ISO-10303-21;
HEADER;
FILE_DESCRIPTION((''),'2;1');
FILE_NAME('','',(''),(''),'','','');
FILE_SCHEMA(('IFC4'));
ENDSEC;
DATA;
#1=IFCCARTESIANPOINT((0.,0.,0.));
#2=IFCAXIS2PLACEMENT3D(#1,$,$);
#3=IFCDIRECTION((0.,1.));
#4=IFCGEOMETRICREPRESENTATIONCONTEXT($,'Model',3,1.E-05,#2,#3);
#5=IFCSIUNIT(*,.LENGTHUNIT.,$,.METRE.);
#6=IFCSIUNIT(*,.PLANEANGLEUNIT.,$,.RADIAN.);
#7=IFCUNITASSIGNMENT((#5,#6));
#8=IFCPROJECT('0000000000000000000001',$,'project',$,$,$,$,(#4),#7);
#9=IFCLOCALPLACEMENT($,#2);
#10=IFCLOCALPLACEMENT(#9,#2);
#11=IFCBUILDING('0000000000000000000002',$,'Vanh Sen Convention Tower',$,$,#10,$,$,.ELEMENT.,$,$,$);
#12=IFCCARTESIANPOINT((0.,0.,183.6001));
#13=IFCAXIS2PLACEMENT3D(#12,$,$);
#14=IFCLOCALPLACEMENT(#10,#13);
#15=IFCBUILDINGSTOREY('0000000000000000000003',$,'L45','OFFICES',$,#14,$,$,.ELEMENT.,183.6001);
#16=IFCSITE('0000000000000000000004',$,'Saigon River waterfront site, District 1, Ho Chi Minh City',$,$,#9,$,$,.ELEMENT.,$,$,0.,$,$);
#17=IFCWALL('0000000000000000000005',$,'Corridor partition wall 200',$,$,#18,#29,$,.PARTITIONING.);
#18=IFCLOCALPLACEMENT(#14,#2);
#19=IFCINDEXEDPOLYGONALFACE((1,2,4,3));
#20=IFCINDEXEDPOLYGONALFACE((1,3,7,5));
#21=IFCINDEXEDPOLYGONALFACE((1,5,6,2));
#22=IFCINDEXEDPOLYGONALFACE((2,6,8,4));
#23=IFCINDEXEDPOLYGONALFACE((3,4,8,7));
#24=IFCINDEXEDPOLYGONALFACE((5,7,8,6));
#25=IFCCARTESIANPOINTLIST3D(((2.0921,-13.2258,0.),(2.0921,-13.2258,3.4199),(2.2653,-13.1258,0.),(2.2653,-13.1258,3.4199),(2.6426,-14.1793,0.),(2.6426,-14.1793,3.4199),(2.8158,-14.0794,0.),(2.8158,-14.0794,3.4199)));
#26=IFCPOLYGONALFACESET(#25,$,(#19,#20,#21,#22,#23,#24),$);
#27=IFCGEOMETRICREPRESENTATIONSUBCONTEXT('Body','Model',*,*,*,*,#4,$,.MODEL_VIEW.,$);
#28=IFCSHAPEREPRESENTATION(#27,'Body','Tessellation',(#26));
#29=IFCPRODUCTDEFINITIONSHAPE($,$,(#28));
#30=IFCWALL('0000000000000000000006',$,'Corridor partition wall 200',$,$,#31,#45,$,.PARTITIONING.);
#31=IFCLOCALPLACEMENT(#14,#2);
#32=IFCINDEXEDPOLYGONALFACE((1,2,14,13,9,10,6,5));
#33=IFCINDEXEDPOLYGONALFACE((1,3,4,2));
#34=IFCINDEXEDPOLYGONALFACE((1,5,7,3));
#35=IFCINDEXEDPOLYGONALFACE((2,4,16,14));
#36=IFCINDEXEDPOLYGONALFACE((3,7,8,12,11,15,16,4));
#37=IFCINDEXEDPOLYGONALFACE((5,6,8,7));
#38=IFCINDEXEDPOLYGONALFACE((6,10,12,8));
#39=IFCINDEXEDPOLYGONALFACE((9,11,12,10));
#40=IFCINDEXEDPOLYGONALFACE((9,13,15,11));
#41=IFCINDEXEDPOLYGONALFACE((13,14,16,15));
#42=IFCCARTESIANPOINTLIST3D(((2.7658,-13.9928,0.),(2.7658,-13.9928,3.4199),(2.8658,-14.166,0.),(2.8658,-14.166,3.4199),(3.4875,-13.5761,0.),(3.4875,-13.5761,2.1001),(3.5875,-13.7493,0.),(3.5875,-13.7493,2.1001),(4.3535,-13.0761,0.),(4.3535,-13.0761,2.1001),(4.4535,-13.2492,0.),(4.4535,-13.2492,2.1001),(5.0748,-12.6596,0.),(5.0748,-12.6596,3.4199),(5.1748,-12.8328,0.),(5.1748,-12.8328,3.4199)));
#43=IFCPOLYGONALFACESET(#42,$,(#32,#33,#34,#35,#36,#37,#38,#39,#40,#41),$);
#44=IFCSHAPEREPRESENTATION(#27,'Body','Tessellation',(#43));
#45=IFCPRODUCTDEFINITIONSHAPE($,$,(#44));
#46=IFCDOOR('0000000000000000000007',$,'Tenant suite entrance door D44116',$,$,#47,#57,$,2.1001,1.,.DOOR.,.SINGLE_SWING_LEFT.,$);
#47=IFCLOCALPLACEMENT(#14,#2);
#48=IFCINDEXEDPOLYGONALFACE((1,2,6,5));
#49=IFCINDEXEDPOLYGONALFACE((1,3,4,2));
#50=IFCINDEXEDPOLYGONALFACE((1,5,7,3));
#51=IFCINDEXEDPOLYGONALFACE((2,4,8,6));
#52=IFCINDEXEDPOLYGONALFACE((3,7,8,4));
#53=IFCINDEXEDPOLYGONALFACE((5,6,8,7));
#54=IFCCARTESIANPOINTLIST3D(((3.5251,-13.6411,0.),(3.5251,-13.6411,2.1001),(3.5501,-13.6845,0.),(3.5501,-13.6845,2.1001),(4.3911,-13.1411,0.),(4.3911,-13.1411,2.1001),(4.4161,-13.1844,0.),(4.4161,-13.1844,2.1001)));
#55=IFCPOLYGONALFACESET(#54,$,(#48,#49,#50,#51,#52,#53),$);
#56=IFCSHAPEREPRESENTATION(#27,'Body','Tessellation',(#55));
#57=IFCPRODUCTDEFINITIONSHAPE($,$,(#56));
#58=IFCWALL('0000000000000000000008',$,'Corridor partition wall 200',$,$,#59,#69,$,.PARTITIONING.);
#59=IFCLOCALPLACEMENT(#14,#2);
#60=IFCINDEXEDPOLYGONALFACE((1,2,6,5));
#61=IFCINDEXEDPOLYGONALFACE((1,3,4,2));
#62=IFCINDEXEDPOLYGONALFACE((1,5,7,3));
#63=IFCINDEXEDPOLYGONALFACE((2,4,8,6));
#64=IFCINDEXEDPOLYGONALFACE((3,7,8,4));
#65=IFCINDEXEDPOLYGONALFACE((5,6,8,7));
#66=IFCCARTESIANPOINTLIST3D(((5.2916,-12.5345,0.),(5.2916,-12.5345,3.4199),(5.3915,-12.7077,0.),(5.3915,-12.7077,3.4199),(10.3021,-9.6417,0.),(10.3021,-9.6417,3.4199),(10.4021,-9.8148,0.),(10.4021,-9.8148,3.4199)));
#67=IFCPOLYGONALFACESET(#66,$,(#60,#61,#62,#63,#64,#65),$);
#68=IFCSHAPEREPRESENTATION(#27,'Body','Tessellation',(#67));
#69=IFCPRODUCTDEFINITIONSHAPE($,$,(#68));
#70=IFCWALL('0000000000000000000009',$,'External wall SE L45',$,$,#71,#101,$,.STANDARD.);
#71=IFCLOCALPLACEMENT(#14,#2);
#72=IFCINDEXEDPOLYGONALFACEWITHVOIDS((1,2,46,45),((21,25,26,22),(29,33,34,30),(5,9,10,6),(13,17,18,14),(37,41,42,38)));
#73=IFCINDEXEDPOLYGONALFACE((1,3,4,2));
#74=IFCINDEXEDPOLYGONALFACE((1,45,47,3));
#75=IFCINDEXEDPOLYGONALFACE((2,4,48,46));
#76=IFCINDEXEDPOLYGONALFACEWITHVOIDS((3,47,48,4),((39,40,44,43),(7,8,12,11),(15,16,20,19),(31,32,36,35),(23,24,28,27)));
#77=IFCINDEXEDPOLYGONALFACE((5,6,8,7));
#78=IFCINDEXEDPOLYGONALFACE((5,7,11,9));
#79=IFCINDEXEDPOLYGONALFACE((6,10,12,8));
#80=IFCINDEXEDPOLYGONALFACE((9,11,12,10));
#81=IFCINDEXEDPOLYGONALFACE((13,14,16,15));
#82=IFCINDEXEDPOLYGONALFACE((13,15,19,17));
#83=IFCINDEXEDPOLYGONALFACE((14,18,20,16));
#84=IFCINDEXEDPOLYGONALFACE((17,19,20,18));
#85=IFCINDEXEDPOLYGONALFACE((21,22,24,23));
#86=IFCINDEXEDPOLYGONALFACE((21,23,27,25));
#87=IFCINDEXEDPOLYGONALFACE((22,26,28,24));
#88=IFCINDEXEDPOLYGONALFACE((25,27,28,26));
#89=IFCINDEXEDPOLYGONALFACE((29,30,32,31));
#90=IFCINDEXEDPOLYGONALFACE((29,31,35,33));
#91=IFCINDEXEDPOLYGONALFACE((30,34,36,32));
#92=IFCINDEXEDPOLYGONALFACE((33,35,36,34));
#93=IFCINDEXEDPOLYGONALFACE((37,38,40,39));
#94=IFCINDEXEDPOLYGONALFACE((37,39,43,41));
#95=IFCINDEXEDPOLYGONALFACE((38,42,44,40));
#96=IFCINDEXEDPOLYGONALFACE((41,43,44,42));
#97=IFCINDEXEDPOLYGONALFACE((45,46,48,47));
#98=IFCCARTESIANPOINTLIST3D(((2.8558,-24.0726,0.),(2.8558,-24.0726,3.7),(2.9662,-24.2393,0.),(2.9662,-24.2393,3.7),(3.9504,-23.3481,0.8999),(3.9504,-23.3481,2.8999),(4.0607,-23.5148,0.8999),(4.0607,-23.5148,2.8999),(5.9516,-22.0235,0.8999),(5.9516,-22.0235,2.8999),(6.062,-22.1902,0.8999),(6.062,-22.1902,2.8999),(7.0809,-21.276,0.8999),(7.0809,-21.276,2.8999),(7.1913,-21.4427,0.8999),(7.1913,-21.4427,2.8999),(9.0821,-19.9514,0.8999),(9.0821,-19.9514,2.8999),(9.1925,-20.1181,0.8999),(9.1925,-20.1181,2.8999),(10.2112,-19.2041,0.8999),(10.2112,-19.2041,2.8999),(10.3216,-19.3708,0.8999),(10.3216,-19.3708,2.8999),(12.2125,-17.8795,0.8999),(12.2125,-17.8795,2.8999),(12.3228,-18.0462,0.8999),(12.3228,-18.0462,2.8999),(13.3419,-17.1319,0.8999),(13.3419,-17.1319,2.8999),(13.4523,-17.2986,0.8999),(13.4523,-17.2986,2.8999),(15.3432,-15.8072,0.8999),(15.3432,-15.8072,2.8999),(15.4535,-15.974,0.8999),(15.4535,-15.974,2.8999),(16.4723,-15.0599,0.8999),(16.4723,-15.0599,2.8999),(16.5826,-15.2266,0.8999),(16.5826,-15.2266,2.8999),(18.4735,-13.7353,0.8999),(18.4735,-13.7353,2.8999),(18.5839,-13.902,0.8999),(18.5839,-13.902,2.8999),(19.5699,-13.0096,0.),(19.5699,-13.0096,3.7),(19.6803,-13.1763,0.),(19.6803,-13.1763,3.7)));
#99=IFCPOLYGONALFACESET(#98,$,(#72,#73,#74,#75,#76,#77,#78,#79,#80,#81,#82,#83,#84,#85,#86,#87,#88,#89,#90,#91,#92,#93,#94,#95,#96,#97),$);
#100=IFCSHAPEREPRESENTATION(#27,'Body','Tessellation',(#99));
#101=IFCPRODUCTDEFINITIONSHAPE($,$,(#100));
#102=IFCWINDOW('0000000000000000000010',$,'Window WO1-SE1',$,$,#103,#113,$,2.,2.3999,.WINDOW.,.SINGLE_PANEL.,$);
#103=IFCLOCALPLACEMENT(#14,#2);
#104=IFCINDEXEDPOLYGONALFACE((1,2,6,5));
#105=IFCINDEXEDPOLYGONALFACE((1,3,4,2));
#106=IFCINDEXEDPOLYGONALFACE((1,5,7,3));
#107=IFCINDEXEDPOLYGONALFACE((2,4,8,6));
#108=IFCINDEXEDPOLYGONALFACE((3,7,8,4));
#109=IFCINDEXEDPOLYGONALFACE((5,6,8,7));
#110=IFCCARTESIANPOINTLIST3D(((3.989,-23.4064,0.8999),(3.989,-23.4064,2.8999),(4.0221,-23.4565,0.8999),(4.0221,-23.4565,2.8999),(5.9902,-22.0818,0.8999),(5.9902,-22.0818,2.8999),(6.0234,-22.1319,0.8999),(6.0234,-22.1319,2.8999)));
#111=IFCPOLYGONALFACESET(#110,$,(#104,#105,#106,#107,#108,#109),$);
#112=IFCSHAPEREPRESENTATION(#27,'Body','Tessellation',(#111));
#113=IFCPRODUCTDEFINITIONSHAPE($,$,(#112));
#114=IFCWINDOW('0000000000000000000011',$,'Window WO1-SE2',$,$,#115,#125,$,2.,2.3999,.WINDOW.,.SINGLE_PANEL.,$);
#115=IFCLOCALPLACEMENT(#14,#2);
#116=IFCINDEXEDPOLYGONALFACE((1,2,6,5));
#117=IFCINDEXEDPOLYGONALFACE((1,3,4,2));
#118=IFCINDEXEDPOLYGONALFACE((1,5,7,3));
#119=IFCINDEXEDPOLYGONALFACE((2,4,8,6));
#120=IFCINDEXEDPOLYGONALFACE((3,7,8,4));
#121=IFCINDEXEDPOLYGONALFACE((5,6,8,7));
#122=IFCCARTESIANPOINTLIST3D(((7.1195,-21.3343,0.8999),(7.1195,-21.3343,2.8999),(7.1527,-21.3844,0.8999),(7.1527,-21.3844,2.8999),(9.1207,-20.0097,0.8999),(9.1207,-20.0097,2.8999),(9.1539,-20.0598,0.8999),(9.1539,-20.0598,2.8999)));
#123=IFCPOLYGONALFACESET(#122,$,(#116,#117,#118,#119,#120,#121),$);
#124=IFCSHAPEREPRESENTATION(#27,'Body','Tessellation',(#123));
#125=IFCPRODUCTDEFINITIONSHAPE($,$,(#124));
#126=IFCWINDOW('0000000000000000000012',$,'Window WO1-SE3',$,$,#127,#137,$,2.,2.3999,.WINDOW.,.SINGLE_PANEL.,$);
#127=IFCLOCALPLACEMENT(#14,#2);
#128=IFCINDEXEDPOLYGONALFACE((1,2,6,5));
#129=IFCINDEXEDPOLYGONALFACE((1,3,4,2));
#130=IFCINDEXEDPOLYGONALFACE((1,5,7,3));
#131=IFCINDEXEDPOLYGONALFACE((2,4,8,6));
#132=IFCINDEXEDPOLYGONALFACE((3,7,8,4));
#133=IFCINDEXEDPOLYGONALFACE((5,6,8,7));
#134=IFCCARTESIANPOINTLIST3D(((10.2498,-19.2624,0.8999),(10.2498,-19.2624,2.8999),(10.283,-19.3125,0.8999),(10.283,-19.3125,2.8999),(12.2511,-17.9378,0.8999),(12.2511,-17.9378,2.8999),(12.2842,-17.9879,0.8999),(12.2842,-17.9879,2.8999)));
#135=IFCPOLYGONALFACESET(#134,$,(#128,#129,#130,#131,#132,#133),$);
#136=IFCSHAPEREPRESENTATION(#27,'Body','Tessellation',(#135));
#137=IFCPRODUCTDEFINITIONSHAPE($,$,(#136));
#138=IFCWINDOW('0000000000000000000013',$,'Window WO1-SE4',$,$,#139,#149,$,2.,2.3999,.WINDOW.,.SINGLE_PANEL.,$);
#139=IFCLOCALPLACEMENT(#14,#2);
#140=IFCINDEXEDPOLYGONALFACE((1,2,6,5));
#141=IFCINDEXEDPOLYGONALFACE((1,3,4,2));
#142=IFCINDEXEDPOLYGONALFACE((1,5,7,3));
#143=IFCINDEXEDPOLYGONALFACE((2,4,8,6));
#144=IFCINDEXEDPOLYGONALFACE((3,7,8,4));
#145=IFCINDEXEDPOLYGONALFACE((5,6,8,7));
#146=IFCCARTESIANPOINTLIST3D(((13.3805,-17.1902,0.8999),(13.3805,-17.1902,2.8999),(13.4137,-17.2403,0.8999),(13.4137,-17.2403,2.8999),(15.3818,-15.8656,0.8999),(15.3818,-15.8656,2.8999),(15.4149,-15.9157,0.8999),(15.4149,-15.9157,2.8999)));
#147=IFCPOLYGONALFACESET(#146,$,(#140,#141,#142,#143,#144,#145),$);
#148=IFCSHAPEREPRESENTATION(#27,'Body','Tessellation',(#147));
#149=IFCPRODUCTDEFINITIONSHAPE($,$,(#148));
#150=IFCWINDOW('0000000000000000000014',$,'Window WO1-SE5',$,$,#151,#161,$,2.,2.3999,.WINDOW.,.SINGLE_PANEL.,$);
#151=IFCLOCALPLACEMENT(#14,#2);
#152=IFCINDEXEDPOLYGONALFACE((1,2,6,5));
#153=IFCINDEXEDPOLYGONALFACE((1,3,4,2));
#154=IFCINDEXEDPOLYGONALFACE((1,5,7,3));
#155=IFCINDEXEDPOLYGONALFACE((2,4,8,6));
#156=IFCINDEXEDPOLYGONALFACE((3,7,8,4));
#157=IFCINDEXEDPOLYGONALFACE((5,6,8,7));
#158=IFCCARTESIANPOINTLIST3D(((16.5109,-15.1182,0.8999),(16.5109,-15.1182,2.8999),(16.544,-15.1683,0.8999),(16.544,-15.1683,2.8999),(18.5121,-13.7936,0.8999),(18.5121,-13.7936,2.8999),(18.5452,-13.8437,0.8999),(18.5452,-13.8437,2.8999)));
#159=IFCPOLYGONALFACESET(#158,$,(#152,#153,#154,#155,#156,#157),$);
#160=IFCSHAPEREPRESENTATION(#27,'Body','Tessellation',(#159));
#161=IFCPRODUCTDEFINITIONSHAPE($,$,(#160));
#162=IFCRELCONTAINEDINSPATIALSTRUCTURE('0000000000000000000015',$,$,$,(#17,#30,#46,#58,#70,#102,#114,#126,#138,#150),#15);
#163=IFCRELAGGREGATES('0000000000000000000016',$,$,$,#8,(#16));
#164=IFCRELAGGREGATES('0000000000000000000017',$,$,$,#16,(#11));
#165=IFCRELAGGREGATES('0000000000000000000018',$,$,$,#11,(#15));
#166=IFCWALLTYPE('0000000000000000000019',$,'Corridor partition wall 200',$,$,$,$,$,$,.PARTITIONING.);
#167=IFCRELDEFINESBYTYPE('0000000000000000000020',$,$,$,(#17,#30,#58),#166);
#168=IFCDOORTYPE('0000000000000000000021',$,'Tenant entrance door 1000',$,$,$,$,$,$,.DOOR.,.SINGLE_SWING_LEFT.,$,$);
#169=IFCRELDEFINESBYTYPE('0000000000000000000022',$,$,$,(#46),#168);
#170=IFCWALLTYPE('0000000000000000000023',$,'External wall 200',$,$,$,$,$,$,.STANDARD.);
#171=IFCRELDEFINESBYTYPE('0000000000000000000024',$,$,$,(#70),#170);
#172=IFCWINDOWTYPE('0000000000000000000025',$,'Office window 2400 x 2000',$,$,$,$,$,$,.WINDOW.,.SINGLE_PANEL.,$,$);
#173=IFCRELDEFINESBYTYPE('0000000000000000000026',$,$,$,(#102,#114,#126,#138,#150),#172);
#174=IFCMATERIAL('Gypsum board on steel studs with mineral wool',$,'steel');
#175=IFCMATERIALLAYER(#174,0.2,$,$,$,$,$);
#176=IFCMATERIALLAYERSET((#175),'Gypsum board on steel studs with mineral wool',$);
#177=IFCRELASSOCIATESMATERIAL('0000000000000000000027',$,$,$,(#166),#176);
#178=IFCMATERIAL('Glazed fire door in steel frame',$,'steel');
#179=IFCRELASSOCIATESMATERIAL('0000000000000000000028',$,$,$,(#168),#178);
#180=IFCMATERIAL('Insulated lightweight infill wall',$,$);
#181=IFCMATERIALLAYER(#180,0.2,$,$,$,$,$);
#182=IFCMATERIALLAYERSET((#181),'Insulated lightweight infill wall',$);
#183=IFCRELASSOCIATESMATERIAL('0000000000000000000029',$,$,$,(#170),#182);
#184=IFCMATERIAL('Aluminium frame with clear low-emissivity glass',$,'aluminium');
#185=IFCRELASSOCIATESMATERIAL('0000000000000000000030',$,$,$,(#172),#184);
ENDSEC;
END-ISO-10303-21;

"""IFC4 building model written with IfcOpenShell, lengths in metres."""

from ifc_helpers import new_model, si_unit, direction, frame, frame_2d, origin, place, context, subcontext, project, spatial, rectangle, extrude, material, layer, layer_set, type_object, element, fill, save


model = new_model("IFC4")

# Units and contexts
model_context = context("Model", 3, precision=1e-05, world=origin(), true_north=direction((0.0, 1.0)))
body_context = subcontext(model_context, "Body", "Model", "MODEL_VIEW")
ifc_project = project(units=[si_unit("LENGTHUNIT", "METRE"), si_unit("PLANEANGLEUNIT", "RADIAN")], contexts=[model_context])

# Site, building, storey
site_placement = place(None, origin())
site = spatial("IfcSite", under=ifc_project, at=site_placement, Name="Saigon River waterfront site, District 1, Ho Chi Minh City", CompositionType="ELEMENT", RefElevation=0.0)
building_placement = place(site_placement, origin())
building = spatial("IfcBuilding", under=site, at=building_placement, Name="Vanh Sen Convention Tower", CompositionType="ELEMENT")
storey_placement = place(building_placement, frame((0.0, 0.0, 183.6001)))
storey = spatial("IfcBuildingStorey", under=building, at=storey_placement, Name="L45", Description="OFFICES", CompositionType="ELEMENT", Elevation=183.6001)

# Wall
ifc_material_1 = material(Name="Gypsum board on steel studs with mineral wool", Category="steel")
ifc_layer_1 = layer(ifc_material_1, 0.2)
ifc_layer_set_1 = layer_set([ifc_layer_1], Name="Gypsum board on steel studs with mineral wool")
wall_type_1 = type_object("IfcWallType", Name="Corridor partition wall 200", PredefinedType="PARTITIONING", material=ifc_layer_set_1)
wall_1_placement = place(storey_placement, frame((2.1787, -13.1758, 0.0), z_axis=(0.0, 0.0, 1.0), x_axis=(0.499978, -0.866038, 0.0)))
element("IfcWall", 1, at=wall_1_placement, inside=storey, type_object=wall_type_1, Name="Corridor partition wall 200", PredefinedType="PARTITIONING", context=body_context, shape_type="SweptSolid", body=[
    extrude(rectangle(XDim=1.1011, YDim=0.2, at=frame_2d((0.5505, 0.0))), origin(), (0.0, 0.0, 1.0), 3.4199),
])

# Wall, opening, door
wall_2_placement = place(storey_placement, frame((2.8159, -14.0793, 0.0), z_axis=(0.0, 0.0, 1.0), x_axis=(0.866009, 0.500029, 0.0)))
wall_2 = element("IfcWall", 2, at=wall_2_placement, inside=storey, type_object=wall_type_1, Name="Corridor partition wall 200", PredefinedType="PARTITIONING", context=body_context, shape_type="SweptSolid", body=[
    extrude(rectangle(XDim=2.6663, YDim=0.2, at=frame_2d((1.333, 0.0))), origin(), (0.0, 0.0, 1.0), 3.4199),
])
opening_1_placement = place(wall_2_placement, frame((0.8333, 0.0, 0.0)))
opening_1 = element("IfcOpeningElement", 3, at=opening_1_placement, cuts=wall_2, PredefinedType="OPENING", context=body_context, shape_type="SweptSolid", body=[
    extrude(rectangle(XDim=1.0, YDim=2.1001, at=frame_2d((0.5, 1.05))), frame((0.0, 0.1099, 0.0), z_axis=(0.0, -1.0, 0.0), x_axis=(1.0, 0.0, 0.0)), (0.0, 0.0, 1.0), 0.22),
])
ifc_material_2 = material(Name="Glazed fire door in steel frame", Category="steel")
door_type = type_object("IfcDoorType", Name="Tenant entrance door 1000", OperationType="SINGLE_SWING_LEFT", PredefinedType="DOOR", material=ifc_material_2)
door_placement = place(opening_1_placement, origin())
door = element("IfcDoor", 4, at=door_placement, inside=storey, type_object=door_type, Name="Tenant suite entrance door D44116", OperationType="SINGLE_SWING_LEFT", OverallHeight=2.1001, OverallWidth=1.0, PredefinedType="DOOR", context=body_context, shape_type="SweptSolid", body=[
    extrude(rectangle(XDim=1.0, YDim=2.1001, at=frame_2d((0.5, 1.05))), frame((0.0, 0.0249, 0.0), z_axis=(0.0, -1.0, 0.0), x_axis=(1.0, 0.0, 0.0)), (0.0, 0.0, 1.0), 0.05),
])
fill(opening_1, door)

# Wall
wall_3_placement = place(storey_placement, frame((5.3416, -12.6211, 0.0), z_axis=(0.0, 0.0, 1.0), x_axis=(0.866025, 0.500001, 0.0)))
element("IfcWall", 5, at=wall_3_placement, inside=storey, type_object=wall_type_1, Name="Corridor partition wall 200", PredefinedType="PARTITIONING", context=body_context, shape_type="SweptSolid", body=[
    extrude(rectangle(XDim=5.7856, YDim=0.2, at=frame_2d((2.8928, 0.0))), origin(), (0.0, 0.0, 1.0), 3.4199),
])

# Wall, openings, windows
ifc_material_3 = material(Name="Insulated lightweight infill wall")
ifc_layer_2 = layer(ifc_material_3, 0.2)
ifc_layer_set_2 = layer_set([ifc_layer_2], Name="Insulated lightweight infill wall")
wall_type_2 = type_object("IfcWallType", Name="External wall 200", PredefinedType="STANDARD", material=ifc_layer_set_2)
wall_4_placement = place(storey_placement, frame((2.9109, -24.156, 0.0), z_axis=(0.0, 0.0, 1.0), x_axis=(0.833882, 0.551943, 0.0)))
wall_4 = element("IfcWall", 6, at=wall_4_placement, inside=storey, type_object=wall_type_2, Name="External wall SE L45", PredefinedType="STANDARD", context=body_context, shape_type="SweptSolid", body=[
    extrude(rectangle(XDim=20.0437, YDim=0.2, at=frame_2d((10.022, 0.0))), origin(), (0.0, 0.0, 1.0), 3.7),
])
opening_2_placement = place(wall_4_placement, frame((1.3127, 0.0, 0.8999)))
opening_2 = element("IfcOpeningElement", 7, at=opening_2_placement, cuts=wall_4, PredefinedType="OPENING", context=body_context, shape_type="SweptSolid", body=[
    extrude(rectangle(XDim=2.3999, YDim=2.0, at=frame_2d((1.2, 1.0))), frame((0.0, 0.1099, 0.0), z_axis=(0.0, -1.0, 0.0), x_axis=(1.0, 0.0, 0.0)), (0.0, 0.0, 1.0), 0.22),
])
opening_3_placement = place(wall_4_placement, frame((5.0669, 0.0, 0.8999)))
opening_3 = element("IfcOpeningElement", 8, at=opening_3_placement, cuts=wall_4, PredefinedType="OPENING", context=body_context, shape_type="SweptSolid", body=[
    extrude(rectangle(XDim=2.3999, YDim=2.0, at=frame_2d((1.2, 1.0))), frame((0.0, 0.1099, 0.0), z_axis=(0.0, -1.0, 0.0), x_axis=(1.0, 0.0, 0.0)), (0.0, 0.0, 1.0), 0.22),
])
opening_4_placement = place(wall_4_placement, frame((8.8208, 0.0, 0.8999)))
opening_4 = element("IfcOpeningElement", 9, at=opening_4_placement, cuts=wall_4, PredefinedType="OPENING", context=body_context, shape_type="SweptSolid", body=[
    extrude(rectangle(XDim=2.3999, YDim=2.0, at=frame_2d((1.2, 1.0))), frame((0.0, 0.1099, 0.0), z_axis=(0.0, -1.0, 0.0), x_axis=(1.0, 0.0, 0.0)), (0.0, 0.0, 1.0), 0.22),
])
opening_5_placement = place(wall_4_placement, frame((12.5752, 0.0, 0.8999)))
opening_5 = element("IfcOpeningElement", 10, at=opening_5_placement, cuts=wall_4, PredefinedType="OPENING", context=body_context, shape_type="SweptSolid", body=[
    extrude(rectangle(XDim=2.3999, YDim=2.0, at=frame_2d((1.2, 1.0))), frame((0.0, 0.1099, 0.0), z_axis=(0.0, -1.0, 0.0), x_axis=(1.0, 0.0, 0.0)), (0.0, 0.0, 1.0), 0.22),
])
opening_6_placement = place(wall_4_placement, frame((16.3291, 0.0, 0.8999)))
opening_6 = element("IfcOpeningElement", 11, at=opening_6_placement, cuts=wall_4, PredefinedType="OPENING", context=body_context, shape_type="SweptSolid", body=[
    extrude(rectangle(XDim=2.3999, YDim=2.0, at=frame_2d((1.2, 1.0))), frame((0.0, 0.1099, 0.0), z_axis=(0.0, -1.0, 0.0), x_axis=(1.0, 0.0, 0.0)), (0.0, 0.0, 1.0), 0.22),
])
ifc_material_4 = material(Name="Aluminium frame with clear low-emissivity glass", Category="aluminium")
window_type = type_object("IfcWindowType", Name="Office window 2400 x 2000", PartitioningType="SINGLE_PANEL", PredefinedType="WINDOW", material=ifc_material_4)
window_1_placement = place(opening_2_placement, origin())
window_1 = element("IfcWindow", 12, at=window_1_placement, inside=storey, type_object=window_type, Name="Window WO1-SE1", OverallHeight=2.0, OverallWidth=2.3999, PartitioningType="SINGLE_PANEL", PredefinedType="WINDOW", context=body_context, shape_type="SweptSolid", body=[
    extrude(rectangle(XDim=2.3999, YDim=2.0, at=frame_2d((1.2, 1.0))), frame((0.0, 0.03, 0.0), z_axis=(0.0, -1.0, 0.0), x_axis=(1.0, 0.0, 0.0)), (0.0, 0.0, 1.0), 0.0601),
])
fill(opening_2, window_1)
window_2_placement = place(opening_3_placement, origin())
window_2 = element("IfcWindow", 13, at=window_2_placement, inside=storey, type_object=window_type, Name="Window WO1-SE2", OverallHeight=2.0, OverallWidth=2.3999, PartitioningType="SINGLE_PANEL", PredefinedType="WINDOW", context=body_context, shape_type="SweptSolid", body=[
    extrude(rectangle(XDim=2.3999, YDim=2.0, at=frame_2d((1.2, 1.0))), frame((0.0, 0.03, 0.0), z_axis=(0.0, -1.0, 0.0), x_axis=(1.0, 0.0, 0.0)), (0.0, 0.0, 1.0), 0.0601),
])
fill(opening_3, window_2)
window_3_placement = place(opening_4_placement, origin())
window_3 = element("IfcWindow", 14, at=window_3_placement, inside=storey, type_object=window_type, Name="Window WO1-SE3", OverallHeight=2.0, OverallWidth=2.3999, PartitioningType="SINGLE_PANEL", PredefinedType="WINDOW", context=body_context, shape_type="SweptSolid", body=[
    extrude(rectangle(XDim=2.3999, YDim=2.0, at=frame_2d((1.2, 1.0))), frame((0.0, 0.03, 0.0), z_axis=(0.0, -1.0, 0.0), x_axis=(1.0, 0.0, 0.0)), (0.0, 0.0, 1.0), 0.0601),
])
fill(opening_4, window_3)
window_4_placement = place(opening_5_placement, origin())
window_4 = element("IfcWindow", 15, at=window_4_placement, inside=storey, type_object=window_type, Name="Window WO1-SE4", OverallHeight=2.0, OverallWidth=2.3999, PartitioningType="SINGLE_PANEL", PredefinedType="WINDOW", context=body_context, shape_type="SweptSolid", body=[
    extrude(rectangle(XDim=2.3999, YDim=2.0, at=frame_2d((1.2, 1.0))), frame((0.0, 0.03, 0.0), z_axis=(0.0, -1.0, 0.0), x_axis=(1.0, 0.0, 0.0)), (0.0, 0.0, 1.0), 0.0601),
])
fill(opening_5, window_4)
window_5_placement = place(opening_6_placement, origin())
window_5 = element("IfcWindow", 16, at=window_5_placement, inside=storey, type_object=window_type, Name="Window WO1-SE5", OverallHeight=2.0, OverallWidth=2.3999, PartitioningType="SINGLE_PANEL", PredefinedType="WINDOW", context=body_context, shape_type="SweptSolid", body=[
    extrude(rectangle(XDim=2.3999, YDim=2.0, at=frame_2d((1.2, 1.0))), frame((0.0, 0.03, 0.0), z_axis=(0.0, -1.0, 0.0), x_axis=(1.0, 0.0, 0.0)), (0.0, 0.0, 1.0), 0.0601),
])
fill(opening_6, window_5)

save(model, "model.ifc")
